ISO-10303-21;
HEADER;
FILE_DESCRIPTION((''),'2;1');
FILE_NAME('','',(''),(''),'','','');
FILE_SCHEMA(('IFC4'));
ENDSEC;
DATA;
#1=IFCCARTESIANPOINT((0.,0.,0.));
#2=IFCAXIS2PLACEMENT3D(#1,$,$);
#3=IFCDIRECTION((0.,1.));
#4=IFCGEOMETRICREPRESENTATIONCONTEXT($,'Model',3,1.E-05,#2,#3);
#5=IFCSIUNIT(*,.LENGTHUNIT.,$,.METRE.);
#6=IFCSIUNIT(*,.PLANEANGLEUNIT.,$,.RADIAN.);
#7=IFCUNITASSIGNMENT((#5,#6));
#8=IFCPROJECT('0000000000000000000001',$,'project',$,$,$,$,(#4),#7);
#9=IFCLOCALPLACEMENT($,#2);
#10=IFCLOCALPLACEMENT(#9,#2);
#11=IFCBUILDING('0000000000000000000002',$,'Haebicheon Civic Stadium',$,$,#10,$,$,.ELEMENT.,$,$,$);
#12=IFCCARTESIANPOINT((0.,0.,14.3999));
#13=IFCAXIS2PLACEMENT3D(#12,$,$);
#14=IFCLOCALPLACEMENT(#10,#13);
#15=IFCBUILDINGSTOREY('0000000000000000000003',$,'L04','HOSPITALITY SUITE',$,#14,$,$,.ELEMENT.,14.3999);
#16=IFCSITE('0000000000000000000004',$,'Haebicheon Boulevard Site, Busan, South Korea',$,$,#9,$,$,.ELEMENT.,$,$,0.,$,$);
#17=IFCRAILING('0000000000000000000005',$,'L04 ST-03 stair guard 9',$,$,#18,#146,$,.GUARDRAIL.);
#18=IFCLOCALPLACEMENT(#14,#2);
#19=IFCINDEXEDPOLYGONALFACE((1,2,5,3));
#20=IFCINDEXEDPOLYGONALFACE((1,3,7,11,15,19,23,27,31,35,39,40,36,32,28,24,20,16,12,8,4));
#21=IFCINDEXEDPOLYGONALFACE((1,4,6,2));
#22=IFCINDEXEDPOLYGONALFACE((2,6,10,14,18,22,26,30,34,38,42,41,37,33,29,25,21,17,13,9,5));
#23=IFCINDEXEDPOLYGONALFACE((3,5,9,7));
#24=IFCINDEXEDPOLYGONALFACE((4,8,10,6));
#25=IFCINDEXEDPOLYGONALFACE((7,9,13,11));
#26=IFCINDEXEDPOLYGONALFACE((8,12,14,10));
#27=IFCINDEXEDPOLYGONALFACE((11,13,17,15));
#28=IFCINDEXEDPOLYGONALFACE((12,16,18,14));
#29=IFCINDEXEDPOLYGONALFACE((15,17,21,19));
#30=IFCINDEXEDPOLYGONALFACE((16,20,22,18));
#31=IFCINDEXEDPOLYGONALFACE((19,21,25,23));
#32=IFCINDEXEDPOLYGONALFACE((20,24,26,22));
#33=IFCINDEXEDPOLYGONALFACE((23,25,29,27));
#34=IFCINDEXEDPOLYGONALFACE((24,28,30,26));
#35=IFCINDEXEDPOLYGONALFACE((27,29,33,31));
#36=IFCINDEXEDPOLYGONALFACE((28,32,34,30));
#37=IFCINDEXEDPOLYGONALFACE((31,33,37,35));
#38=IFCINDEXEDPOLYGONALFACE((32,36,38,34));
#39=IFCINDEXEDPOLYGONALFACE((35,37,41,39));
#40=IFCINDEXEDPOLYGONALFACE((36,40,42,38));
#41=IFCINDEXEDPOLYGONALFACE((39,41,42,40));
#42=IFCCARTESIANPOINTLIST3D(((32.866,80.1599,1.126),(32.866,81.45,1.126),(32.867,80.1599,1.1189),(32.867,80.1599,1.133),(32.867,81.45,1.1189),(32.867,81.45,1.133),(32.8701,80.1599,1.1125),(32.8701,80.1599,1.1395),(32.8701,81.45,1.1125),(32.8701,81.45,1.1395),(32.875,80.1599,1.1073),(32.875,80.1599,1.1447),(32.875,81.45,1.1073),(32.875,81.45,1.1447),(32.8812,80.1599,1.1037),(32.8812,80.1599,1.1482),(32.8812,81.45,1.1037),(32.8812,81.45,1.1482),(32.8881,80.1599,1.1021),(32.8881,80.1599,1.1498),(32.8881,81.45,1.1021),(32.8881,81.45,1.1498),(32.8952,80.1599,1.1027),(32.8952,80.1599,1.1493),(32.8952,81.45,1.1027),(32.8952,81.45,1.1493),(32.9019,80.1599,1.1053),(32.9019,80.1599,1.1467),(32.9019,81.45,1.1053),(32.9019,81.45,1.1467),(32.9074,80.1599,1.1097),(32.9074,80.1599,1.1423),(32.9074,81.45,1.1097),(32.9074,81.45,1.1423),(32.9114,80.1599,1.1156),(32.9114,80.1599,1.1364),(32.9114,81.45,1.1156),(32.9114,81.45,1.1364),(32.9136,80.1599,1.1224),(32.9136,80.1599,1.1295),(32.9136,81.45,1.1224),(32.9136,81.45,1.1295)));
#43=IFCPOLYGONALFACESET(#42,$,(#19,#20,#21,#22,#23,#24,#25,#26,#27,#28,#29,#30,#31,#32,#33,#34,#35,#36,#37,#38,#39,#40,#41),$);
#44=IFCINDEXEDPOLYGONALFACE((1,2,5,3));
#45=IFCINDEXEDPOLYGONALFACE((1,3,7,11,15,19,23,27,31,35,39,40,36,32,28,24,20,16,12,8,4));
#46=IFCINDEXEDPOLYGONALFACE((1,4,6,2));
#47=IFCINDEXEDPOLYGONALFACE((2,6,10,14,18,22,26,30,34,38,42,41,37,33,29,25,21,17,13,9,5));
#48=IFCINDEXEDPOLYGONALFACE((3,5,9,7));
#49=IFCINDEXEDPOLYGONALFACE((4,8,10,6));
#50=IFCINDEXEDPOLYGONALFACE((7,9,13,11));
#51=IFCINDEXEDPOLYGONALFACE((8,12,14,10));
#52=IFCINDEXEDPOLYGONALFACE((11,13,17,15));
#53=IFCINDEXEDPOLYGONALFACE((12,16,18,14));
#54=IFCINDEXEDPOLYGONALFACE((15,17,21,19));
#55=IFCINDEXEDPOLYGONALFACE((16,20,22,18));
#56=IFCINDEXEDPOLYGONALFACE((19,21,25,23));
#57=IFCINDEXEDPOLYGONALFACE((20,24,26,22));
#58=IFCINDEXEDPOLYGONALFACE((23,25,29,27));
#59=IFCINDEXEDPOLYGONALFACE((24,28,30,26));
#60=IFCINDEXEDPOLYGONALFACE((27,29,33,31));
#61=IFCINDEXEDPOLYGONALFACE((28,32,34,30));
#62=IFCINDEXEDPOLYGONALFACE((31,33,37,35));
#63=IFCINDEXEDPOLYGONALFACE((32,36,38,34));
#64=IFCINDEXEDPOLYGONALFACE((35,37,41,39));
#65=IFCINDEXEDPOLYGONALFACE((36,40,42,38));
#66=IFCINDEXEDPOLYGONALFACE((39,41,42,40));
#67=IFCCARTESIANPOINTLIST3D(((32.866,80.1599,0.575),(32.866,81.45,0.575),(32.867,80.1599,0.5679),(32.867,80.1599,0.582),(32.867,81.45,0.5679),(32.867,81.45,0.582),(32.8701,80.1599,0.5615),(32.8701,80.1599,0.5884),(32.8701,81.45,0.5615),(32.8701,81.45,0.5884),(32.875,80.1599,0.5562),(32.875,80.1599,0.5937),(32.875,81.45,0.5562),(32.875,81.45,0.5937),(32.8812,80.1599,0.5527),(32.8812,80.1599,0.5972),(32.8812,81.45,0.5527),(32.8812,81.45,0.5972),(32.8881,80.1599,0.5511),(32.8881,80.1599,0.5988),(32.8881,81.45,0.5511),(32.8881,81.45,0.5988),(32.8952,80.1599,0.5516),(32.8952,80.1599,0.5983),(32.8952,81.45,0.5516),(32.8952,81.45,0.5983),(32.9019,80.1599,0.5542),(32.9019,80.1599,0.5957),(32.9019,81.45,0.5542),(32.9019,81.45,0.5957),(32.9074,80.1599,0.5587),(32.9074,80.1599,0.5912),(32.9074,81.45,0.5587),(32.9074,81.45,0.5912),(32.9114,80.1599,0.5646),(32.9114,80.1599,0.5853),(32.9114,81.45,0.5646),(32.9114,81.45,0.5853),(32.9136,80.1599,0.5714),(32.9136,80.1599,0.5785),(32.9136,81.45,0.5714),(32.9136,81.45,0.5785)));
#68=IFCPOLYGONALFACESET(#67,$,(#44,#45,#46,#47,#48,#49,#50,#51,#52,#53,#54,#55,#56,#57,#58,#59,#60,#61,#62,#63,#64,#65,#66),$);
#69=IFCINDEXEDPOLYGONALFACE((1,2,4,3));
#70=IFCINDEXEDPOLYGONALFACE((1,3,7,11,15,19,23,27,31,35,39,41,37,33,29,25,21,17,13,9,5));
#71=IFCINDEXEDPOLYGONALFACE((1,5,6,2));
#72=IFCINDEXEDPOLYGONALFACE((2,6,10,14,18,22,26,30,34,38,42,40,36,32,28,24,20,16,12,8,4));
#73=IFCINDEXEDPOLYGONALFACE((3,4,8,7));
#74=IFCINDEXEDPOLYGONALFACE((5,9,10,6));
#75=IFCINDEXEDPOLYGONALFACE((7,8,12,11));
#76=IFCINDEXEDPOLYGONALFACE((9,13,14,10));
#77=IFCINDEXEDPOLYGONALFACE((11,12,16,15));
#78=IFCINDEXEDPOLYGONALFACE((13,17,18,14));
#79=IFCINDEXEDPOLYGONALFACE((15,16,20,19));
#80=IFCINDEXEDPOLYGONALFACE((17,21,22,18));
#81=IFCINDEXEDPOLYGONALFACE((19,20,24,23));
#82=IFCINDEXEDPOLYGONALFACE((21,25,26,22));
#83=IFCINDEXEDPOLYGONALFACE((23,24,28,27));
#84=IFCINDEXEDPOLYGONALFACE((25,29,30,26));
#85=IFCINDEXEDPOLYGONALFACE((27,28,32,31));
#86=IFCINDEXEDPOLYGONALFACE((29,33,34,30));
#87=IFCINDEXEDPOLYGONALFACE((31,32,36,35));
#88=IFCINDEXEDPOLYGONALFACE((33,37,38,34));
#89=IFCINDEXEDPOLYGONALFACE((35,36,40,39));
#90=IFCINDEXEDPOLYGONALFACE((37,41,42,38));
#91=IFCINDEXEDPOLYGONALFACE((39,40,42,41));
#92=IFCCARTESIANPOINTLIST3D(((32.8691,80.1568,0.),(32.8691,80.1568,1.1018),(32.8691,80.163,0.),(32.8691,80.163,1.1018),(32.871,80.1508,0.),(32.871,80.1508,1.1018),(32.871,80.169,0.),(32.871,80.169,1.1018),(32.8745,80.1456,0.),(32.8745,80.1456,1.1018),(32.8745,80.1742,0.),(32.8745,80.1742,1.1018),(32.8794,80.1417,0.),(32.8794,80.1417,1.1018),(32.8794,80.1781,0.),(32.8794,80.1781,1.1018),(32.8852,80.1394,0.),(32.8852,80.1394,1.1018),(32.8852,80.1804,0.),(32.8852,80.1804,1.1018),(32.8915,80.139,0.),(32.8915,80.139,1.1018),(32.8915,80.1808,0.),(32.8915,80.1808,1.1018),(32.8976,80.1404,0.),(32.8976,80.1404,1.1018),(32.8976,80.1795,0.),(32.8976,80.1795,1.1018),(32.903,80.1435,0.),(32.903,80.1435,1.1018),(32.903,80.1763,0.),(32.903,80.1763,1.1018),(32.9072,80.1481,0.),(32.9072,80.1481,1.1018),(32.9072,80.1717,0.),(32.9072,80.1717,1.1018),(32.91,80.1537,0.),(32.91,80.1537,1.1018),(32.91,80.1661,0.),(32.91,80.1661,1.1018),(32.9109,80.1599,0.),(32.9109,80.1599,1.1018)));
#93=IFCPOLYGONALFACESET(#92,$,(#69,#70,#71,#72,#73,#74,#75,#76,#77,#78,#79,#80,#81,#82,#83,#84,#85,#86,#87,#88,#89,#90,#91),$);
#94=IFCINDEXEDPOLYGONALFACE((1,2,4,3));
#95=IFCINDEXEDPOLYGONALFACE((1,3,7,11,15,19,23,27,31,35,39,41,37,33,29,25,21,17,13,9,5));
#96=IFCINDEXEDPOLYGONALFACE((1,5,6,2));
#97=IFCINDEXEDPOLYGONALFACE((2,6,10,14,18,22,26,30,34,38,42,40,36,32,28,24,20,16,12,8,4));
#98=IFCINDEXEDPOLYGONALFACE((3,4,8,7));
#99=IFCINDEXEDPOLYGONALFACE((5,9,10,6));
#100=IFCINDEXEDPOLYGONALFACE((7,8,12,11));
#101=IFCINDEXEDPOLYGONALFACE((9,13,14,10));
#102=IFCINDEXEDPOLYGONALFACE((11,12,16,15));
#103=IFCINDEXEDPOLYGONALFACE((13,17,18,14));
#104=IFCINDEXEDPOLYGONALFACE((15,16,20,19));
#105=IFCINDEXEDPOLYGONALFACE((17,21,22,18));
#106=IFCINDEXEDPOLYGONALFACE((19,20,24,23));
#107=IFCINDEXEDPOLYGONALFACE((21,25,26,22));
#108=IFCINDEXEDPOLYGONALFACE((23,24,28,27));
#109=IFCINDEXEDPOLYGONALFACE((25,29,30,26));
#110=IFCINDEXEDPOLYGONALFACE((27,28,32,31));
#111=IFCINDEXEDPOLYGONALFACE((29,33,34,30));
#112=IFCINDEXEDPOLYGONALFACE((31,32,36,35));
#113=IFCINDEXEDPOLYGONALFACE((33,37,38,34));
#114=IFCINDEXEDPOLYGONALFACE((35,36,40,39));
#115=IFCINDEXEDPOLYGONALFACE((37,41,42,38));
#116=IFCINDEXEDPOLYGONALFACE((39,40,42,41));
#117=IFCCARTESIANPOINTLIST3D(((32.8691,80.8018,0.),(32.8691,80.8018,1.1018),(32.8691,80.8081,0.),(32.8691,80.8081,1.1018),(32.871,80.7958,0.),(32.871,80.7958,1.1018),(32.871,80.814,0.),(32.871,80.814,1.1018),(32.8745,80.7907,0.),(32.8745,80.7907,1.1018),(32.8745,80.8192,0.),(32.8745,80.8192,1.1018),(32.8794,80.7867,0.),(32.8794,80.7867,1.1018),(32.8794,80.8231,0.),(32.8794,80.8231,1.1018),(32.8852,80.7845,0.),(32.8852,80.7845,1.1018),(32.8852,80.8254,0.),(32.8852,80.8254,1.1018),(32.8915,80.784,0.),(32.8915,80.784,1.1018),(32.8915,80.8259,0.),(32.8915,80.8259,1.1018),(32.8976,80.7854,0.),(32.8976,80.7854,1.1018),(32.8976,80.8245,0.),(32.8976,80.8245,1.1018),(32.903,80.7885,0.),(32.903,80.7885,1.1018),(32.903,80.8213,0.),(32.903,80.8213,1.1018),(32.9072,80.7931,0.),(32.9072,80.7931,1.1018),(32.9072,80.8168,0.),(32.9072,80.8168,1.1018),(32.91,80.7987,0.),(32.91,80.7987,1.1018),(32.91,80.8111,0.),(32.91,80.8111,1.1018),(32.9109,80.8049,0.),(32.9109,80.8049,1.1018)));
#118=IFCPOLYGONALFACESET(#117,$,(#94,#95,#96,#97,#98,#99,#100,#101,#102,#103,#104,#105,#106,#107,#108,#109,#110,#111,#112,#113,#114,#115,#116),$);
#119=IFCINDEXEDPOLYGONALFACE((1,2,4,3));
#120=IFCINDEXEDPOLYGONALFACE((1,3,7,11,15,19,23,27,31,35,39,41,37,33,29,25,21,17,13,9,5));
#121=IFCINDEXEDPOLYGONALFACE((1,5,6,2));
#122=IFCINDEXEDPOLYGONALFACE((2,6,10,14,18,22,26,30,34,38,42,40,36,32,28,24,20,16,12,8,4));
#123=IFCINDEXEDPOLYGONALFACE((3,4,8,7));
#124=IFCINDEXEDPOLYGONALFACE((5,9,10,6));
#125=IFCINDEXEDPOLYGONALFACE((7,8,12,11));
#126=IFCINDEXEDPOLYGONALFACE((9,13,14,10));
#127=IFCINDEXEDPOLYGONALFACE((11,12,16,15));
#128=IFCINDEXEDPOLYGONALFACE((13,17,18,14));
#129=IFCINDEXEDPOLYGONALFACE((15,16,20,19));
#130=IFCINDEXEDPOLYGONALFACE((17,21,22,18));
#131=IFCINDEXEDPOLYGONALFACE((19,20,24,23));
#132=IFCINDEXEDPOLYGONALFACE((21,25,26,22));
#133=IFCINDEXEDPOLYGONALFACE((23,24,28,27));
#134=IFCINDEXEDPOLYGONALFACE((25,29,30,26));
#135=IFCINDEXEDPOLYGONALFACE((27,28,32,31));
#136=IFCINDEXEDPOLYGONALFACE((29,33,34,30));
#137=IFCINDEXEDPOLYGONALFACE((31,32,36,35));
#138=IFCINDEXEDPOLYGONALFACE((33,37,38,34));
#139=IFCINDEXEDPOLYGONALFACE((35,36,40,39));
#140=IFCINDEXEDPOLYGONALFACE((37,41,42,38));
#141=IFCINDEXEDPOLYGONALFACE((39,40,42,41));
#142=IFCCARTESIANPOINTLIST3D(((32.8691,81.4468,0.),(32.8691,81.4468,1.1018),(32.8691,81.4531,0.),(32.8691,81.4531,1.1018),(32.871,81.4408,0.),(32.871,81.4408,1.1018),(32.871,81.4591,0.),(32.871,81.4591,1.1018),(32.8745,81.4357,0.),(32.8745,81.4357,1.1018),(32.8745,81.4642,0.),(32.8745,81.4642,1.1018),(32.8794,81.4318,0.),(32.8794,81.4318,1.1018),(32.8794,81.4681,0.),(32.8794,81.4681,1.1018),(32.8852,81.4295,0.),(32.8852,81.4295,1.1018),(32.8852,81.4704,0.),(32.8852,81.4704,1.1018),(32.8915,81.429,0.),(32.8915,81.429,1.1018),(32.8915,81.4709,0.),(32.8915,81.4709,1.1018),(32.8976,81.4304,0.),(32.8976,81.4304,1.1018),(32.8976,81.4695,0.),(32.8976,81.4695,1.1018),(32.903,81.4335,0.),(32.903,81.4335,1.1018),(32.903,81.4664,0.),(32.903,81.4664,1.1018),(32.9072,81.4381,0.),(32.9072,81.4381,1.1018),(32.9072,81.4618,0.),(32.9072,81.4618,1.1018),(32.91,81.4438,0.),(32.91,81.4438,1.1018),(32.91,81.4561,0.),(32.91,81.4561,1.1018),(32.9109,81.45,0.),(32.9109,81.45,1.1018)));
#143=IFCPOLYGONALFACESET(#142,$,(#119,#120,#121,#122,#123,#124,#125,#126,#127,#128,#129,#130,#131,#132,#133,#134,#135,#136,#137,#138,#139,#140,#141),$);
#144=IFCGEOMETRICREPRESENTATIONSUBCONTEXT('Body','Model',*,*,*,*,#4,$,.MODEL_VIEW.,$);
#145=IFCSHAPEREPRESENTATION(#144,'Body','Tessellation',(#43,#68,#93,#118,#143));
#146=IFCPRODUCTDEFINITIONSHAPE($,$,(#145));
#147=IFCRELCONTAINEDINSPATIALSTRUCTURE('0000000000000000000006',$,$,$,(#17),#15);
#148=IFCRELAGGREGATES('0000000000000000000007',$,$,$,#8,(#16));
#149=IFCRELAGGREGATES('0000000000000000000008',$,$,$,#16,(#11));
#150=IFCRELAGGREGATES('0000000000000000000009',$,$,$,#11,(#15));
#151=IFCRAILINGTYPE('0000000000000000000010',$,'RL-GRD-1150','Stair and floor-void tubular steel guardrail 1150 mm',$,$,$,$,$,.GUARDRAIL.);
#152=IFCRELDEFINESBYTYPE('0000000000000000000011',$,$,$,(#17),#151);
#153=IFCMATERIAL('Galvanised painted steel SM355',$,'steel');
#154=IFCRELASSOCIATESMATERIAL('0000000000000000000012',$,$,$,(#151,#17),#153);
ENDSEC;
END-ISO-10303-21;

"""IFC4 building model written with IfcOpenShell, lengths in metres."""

from ifc_helpers import new_model, si_unit, direction, frame, origin, origin_2d, place, context, subcontext, project, spatial, circle, extrude, material, type_object, element, save


model = new_model("IFC4")

# Units and contexts
model_context = context("Model", 3, precision=1e-05, world=origin(), true_north=direction((0.0, 1.0)))
body_context = subcontext(model_context, "Body", "Model", "MODEL_VIEW")
ifc_project = project(units=[si_unit("LENGTHUNIT", "METRE"), si_unit("PLANEANGLEUNIT", "RADIAN")], contexts=[model_context])

# Site, building, storey
site_placement = place(None, origin())
site = spatial("IfcSite", under=ifc_project, at=site_placement, Name="Haebicheon Boulevard Site, Busan, South Korea", CompositionType="ELEMENT", RefElevation=0.0)
building_placement = place(site_placement, origin())
building = spatial("IfcBuilding", under=site, at=building_placement, Name="Haebicheon Civic Stadium", CompositionType="ELEMENT")
storey_placement = place(building_placement, frame((0.0, 0.0, 14.3999)))
storey = spatial("IfcBuildingStorey", under=building, at=storey_placement, Name="L04", Description="HOSPITALITY SUITE", CompositionType="ELEMENT", Elevation=14.3999)

# Railing
ifc_material_1 = material(Name="Galvanised painted steel SM355", Category="steel")
railing_type_1 = type_object("IfcRailingType", Name="RL-GRD-1150", Description="Stair and floor-void tubular steel guardrail 1150 mm", PredefinedType="GUARDRAIL", material=ifc_material_1)
railing_1_placement = place(storey_placement, frame((32.8899, 80.1599, 0.0)))
element("IfcRailing", 1, at=railing_1_placement, inside=storey, type_object=railing_type_1, material=ifc_material_1, Name="L04 ST-03 stair guard 9", PredefinedType="GUARDRAIL", context=body_context, shape_type="SweptSolid", body=[
    extrude(circle(Radius=0.0239, at=origin_2d()), frame((0.0, 0.0, 1.126), z_axis=(0.0, 1.0, 0.0), x_axis=(-1.0, 0.0, 0.0)), (0.0, 0.0, 1.0), 1.29),
    extrude(circle(Radius=0.0239, at=origin_2d()), frame((0.0, 0.0, 0.575), z_axis=(0.0, 1.0, 0.0), x_axis=(-1.0, 0.0, 0.0)), (0.0, 0.0, 1.0), 1.29),
    extrude(circle(Radius=0.021, at=origin_2d()), origin(), (0.0, 0.0, 1.0), 1.1018),
    extrude(circle(Radius=0.021, at=origin_2d()), frame((0.0, 0.645, 0.0)), (0.0, 0.0, 1.0), 1.1018),
    extrude(circle(Radius=0.021, at=origin_2d()), frame((0.0, 1.29, 0.0)), (0.0, 0.0, 1.0), 1.1018),
])

save(model, "model.ifc")
